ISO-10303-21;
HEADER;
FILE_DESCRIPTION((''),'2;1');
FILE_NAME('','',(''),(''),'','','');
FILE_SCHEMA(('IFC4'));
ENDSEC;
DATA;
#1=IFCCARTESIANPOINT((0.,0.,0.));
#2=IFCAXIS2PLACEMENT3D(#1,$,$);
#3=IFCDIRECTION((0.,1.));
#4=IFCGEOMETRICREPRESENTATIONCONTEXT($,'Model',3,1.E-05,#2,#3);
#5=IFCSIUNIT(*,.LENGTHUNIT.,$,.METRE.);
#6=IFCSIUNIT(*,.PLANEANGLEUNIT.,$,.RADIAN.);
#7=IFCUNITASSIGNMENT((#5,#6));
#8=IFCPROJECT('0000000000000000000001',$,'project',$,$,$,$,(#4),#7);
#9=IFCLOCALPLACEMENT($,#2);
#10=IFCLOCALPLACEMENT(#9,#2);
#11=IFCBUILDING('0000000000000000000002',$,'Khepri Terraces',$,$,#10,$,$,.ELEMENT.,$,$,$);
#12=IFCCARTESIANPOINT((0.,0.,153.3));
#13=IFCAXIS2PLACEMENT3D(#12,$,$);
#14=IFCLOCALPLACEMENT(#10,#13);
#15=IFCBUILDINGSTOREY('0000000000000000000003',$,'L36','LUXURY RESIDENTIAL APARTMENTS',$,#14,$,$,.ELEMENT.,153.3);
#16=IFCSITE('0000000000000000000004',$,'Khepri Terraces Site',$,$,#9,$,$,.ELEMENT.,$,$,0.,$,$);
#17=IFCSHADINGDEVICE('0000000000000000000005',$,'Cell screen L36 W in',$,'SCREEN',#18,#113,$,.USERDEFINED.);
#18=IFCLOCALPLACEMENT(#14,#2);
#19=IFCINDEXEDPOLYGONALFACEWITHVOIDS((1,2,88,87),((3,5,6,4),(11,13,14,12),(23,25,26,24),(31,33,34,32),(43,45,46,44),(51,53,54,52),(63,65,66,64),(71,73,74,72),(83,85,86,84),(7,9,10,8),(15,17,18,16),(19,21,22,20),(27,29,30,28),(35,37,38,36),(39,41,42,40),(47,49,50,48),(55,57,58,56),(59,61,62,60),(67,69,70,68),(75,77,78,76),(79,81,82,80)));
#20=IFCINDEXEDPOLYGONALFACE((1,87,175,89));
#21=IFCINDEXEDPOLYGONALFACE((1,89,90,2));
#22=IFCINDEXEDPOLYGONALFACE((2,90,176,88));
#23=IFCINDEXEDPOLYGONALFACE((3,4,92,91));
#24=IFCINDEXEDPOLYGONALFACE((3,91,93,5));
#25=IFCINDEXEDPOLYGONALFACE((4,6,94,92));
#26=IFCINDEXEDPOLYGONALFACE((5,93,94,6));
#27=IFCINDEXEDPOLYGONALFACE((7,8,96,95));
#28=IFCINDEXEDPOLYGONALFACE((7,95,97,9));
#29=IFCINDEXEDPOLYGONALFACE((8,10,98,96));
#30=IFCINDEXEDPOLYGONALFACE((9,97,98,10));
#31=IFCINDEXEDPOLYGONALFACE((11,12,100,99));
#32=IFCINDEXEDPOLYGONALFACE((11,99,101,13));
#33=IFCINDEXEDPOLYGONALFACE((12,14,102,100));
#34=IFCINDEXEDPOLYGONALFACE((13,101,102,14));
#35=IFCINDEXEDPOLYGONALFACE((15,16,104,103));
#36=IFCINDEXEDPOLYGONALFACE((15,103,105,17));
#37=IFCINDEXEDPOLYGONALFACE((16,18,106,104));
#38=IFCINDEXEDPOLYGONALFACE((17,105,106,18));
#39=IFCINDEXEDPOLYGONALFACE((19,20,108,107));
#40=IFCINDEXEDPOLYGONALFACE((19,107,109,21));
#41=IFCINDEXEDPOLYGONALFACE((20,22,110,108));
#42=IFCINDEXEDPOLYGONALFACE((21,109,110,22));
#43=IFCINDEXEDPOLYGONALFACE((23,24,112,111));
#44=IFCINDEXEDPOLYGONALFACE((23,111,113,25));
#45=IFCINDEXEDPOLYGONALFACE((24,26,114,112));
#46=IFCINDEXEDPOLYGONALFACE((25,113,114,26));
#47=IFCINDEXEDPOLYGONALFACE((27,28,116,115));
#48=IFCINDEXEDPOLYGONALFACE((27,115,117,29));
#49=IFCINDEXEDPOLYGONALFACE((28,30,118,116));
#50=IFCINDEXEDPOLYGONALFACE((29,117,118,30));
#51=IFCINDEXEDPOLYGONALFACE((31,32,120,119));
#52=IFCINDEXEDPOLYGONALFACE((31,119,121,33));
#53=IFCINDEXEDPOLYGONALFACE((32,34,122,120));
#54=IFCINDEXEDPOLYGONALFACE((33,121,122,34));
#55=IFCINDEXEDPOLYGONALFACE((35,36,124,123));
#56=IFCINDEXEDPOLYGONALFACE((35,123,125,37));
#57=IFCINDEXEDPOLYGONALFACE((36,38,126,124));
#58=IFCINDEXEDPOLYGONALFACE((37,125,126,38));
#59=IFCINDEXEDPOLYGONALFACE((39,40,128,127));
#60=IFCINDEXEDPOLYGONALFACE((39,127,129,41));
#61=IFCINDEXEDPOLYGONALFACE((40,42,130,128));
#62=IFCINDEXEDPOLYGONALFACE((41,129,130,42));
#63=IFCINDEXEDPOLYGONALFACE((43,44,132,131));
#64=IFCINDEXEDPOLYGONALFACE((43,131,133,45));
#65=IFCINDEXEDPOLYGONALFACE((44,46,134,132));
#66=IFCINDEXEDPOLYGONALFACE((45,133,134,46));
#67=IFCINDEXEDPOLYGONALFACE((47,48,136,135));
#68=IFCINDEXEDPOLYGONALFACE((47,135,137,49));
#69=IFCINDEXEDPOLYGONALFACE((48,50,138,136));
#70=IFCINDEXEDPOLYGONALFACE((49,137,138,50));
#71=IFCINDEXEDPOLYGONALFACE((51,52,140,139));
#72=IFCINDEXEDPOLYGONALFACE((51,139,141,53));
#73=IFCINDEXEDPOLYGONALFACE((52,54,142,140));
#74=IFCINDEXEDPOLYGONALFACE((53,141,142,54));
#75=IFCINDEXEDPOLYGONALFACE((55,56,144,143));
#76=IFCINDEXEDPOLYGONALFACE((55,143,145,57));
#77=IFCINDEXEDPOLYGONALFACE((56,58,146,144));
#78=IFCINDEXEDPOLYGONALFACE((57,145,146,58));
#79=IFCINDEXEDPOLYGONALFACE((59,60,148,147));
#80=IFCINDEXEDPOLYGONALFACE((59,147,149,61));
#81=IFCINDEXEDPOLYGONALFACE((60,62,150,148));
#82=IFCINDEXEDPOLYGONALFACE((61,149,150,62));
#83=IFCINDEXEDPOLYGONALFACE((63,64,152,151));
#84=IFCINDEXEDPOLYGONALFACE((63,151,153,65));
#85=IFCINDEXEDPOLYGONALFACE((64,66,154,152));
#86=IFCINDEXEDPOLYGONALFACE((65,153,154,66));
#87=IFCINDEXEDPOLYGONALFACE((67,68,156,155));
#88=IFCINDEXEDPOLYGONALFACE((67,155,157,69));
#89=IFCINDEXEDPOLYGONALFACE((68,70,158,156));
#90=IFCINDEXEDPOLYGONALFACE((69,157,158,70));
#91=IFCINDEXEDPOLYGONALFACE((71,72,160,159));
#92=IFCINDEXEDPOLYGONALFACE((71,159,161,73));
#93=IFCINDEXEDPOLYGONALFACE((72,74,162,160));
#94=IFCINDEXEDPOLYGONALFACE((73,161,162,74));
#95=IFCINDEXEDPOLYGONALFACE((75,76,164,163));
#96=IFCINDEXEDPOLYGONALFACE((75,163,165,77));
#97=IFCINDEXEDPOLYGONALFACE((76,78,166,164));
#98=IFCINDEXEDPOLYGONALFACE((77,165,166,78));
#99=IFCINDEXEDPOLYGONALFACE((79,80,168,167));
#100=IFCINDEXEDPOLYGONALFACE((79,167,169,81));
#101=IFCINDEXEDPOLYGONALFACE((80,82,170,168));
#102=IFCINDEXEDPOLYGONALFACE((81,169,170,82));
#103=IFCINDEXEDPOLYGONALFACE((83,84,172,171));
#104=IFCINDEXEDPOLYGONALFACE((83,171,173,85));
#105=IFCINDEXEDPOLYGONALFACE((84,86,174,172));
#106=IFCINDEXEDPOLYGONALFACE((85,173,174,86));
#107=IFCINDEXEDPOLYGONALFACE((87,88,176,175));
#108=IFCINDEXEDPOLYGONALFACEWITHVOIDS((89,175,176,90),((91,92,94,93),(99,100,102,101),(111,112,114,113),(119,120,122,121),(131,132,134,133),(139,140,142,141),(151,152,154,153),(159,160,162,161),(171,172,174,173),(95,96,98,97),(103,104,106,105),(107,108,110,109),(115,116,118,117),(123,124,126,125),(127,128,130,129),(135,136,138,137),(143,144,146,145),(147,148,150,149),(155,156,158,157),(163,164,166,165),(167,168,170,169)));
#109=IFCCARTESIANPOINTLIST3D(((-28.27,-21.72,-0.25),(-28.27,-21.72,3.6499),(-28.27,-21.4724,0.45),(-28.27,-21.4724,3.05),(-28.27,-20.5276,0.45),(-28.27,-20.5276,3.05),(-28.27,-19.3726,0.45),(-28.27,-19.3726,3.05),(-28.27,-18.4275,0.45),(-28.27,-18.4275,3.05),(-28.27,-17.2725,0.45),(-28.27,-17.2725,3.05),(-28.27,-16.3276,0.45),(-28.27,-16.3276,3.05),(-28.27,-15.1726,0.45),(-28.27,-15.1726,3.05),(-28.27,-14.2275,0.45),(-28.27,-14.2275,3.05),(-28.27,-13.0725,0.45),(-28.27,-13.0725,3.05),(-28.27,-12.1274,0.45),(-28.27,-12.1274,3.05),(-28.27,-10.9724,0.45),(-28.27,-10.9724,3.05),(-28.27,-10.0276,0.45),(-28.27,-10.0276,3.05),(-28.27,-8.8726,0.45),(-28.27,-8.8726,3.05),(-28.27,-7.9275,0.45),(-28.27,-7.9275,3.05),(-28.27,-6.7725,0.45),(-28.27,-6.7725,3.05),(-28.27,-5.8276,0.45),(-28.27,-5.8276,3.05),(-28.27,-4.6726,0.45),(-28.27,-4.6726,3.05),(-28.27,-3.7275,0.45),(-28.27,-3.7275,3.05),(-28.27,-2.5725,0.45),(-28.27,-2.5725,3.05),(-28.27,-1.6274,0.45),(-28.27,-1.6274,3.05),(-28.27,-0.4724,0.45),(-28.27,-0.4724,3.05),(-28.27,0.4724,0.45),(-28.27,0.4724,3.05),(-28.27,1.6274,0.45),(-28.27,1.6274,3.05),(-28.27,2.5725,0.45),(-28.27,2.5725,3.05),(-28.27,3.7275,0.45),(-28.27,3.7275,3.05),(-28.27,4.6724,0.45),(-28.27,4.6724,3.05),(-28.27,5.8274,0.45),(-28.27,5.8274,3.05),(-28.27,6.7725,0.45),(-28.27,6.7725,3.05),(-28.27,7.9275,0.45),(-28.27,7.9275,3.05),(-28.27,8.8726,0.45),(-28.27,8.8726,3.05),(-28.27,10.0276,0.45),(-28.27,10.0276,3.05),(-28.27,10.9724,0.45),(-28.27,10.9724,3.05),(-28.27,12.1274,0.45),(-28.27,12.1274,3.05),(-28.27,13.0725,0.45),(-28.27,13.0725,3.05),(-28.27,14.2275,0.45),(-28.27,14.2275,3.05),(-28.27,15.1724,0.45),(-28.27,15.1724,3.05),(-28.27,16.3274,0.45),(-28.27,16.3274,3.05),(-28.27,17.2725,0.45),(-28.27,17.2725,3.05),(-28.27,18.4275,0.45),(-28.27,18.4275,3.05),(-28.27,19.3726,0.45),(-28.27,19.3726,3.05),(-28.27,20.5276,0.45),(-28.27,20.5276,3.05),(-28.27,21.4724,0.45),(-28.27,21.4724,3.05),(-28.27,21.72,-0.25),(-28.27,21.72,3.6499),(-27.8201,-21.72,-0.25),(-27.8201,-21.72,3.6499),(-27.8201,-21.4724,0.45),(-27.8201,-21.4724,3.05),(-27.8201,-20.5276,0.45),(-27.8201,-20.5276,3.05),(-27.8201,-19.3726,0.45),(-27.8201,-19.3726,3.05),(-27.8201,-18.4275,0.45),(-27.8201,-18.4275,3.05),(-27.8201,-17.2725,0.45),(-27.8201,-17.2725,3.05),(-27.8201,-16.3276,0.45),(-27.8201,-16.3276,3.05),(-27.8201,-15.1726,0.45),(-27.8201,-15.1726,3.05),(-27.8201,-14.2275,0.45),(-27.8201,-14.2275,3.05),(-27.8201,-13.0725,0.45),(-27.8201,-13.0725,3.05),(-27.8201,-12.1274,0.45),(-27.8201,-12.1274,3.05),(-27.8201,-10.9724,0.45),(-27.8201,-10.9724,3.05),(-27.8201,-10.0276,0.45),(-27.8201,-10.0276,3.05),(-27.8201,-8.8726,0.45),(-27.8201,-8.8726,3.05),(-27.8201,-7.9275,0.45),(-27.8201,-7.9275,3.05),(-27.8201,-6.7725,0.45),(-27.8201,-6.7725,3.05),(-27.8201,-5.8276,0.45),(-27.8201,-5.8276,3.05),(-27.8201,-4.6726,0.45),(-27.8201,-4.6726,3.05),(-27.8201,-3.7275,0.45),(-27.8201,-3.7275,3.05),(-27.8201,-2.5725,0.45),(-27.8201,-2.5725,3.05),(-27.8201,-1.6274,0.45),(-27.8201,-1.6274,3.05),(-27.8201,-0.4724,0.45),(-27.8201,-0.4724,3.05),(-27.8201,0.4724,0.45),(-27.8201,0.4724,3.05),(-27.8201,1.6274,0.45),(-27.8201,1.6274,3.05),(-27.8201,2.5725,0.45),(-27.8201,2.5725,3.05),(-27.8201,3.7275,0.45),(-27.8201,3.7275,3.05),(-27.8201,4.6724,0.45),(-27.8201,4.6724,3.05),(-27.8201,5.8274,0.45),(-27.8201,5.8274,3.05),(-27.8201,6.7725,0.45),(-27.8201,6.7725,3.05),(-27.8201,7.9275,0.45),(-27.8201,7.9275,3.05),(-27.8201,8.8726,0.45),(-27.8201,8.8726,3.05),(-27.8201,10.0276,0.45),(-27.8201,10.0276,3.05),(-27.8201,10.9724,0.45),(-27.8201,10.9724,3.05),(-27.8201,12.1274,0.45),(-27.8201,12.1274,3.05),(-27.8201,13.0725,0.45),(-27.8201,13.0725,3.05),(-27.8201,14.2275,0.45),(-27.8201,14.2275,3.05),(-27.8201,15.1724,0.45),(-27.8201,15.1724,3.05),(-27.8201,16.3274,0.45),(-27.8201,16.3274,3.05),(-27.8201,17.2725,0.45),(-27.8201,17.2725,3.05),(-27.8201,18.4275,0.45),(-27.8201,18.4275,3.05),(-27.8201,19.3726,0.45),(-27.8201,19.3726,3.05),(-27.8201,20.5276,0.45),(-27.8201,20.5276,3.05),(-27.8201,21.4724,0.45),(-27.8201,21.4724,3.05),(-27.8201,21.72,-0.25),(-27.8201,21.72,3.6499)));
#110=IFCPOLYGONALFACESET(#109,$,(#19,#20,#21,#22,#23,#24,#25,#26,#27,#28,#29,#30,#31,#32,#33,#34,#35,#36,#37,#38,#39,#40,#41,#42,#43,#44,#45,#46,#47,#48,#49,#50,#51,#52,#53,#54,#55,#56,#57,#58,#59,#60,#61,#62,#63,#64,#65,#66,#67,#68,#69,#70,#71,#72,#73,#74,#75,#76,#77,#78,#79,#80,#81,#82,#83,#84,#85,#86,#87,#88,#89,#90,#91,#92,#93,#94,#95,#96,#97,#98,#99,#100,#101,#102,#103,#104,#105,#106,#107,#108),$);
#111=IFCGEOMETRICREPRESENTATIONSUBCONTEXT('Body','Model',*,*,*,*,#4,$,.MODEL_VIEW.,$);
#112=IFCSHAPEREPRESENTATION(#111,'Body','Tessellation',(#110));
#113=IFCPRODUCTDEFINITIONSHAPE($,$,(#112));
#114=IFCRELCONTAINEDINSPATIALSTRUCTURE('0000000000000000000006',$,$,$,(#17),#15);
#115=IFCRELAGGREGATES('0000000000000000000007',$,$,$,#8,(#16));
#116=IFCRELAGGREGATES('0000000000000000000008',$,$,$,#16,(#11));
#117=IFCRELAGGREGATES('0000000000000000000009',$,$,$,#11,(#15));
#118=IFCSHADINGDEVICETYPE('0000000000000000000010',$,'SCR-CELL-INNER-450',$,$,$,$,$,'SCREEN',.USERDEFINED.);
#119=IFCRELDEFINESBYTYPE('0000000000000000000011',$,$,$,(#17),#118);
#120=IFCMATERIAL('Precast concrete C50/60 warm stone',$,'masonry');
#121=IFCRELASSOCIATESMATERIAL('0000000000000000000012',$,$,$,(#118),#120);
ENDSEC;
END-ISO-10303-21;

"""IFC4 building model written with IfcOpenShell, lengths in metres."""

from ifc_helpers import new_model, si_unit, direction, frame, origin, place, context, subcontext, project, spatial, polyline, outline, extrude, material, type_object, element, save


model = new_model("IFC4")

# Units and contexts
model_context = context("Model", 3, precision=1e-05, world=origin(), true_north=direction((0.0, 1.0)))
body_context = subcontext(model_context, "Body", "Model", "MODEL_VIEW")
ifc_project = project(units=[si_unit("LENGTHUNIT", "METRE"), si_unit("PLANEANGLEUNIT", "RADIAN")], contexts=[model_context])

# Site, building, storey
site_placement = place(None, origin())
site = spatial("IfcSite", under=ifc_project, at=site_placement, Name="Khepri Terraces Site", CompositionType="ELEMENT", RefElevation=0.0)
building_placement = place(site_placement, origin())
building = spatial("IfcBuilding", under=site, at=building_placement, Name="Khepri Terraces", CompositionType="ELEMENT")
storey_placement = place(building_placement, frame((0.0, 0.0, 153.3)))
storey = spatial("IfcBuildingStorey", under=building, at=storey_placement, Name="L36", Description="LUXURY RESIDENTIAL APARTMENTS", CompositionType="ELEMENT", Elevation=153.3)

# Shared definitions
ifc_material_1 = material(Name="Precast concrete C50/60 warm stone", Category="masonry")

# Shading device
shading_device_type_1 = type_object("IfcShadingDeviceType", Name="SCR-CELL-INNER-450", ElementType="SCREEN", PredefinedType="USERDEFINED", material=ifc_material_1)
shading_device_1_placement = place(storey_placement, frame((-27.8201, 21.72, -0.25), z_axis=(-1.0, 0.0, 0.0), x_axis=(0.0, -1.0, 0.0)))
element("IfcShadingDevice", 1, at=shading_device_1_placement, inside=storey, type_object=shading_device_type_1, Name="Cell screen L36 W in", ObjectType="SCREEN", PredefinedType="USERDEFINED", context=body_context, shape_type="SweptSolid", body=[
    extrude(outline(polyline([(0.0, 0.0), (43.4399, 0.0), (43.4399, 3.8999), (0.0, 3.8999), (0.0, 0.0)]), holes=[polyline([(0.2476, 0.7), (1.1924, 0.7), (1.1924, 3.3), (0.2476, 3.3), (0.2476, 0.7)]), polyline([(2.3474, 0.7), (3.2925, 0.7), (3.2925, 3.3), (2.3474, 3.3), (2.3474, 0.7)]), polyline([(4.4475, 0.7), (5.3926, 0.7), (5.3926, 3.3), (4.4475, 3.3), (4.4475, 0.7)]), polyline([(6.5476, 0.7), (7.4924, 0.7), (7.4924, 3.3), (6.5476, 3.3), (6.5476, 0.7)]), polyline([(8.6475, 0.7), (9.5925, 0.7), (9.5925, 3.3), (8.6475, 3.3), (8.6475, 0.7)]), polyline([(10.7476, 0.7), (11.6924, 0.7), (11.6924, 3.3), (10.7476, 3.3), (10.7476, 0.7)]), polyline([(12.8474, 0.7), (13.7925, 0.7), (13.7925, 3.3), (12.8474, 3.3), (12.8474, 0.7)]), polyline([(14.9475, 0.7), (15.8926, 0.7), (15.8926, 3.3), (14.9475, 3.3), (14.9475, 0.7)]), polyline([(17.0476, 0.7), (17.9924, 0.7), (17.9924, 3.3), (17.0476, 3.3), (17.0476, 0.7)]), polyline([(19.1475, 0.7), (20.0925, 0.7), (20.0925, 3.3), (19.1475, 3.3), (19.1475, 0.7)]), polyline([(21.2476, 0.7), (22.1924, 0.7), (22.1924, 3.3), (21.2476, 3.3), (21.2476, 0.7)]), polyline([(23.3474, 0.7), (24.2925, 0.7), (24.2925, 3.3), (23.3474, 3.3), (23.3474, 0.7)]), polyline([(25.4475, 0.7), (26.3926, 0.7), (26.3926, 3.3), (25.4475, 3.3), (25.4475, 0.7)]), polyline([(27.5476, 0.7), (28.4924, 0.7), (28.4924, 3.3), (27.5476, 3.3), (27.5476, 0.7)]), polyline([(29.6475, 0.7), (30.5925, 0.7), (30.5925, 3.3), (29.6475, 3.3), (29.6475, 0.7)]), polyline([(31.7476, 0.7), (32.6924, 0.7), (32.6924, 3.3), (31.7476, 3.3), (31.7476, 0.7)]), polyline([(33.8474, 0.7), (34.7925, 0.7), (34.7925, 3.3), (33.8474, 3.3), (33.8474, 0.7)]), polyline([(35.9475, 0.7), (36.8926, 0.7), (36.8926, 3.3), (35.9475, 3.3), (35.9475, 0.7)]), polyline([(38.0476, 0.7), (38.9924, 0.7), (38.9924, 3.3), (38.0476, 3.3), (38.0476, 0.7)]), polyline([(40.1475, 0.7), (41.0925, 0.7), (41.0925, 3.3), (40.1475, 3.3), (40.1475, 0.7)]), polyline([(42.2476, 0.7), (43.1924, 0.7), (43.1924, 3.3), (42.2476, 3.3), (42.2476, 0.7)])]), origin(), (0.0, 0.0, 1.0), 0.45),
])

save(model, "model.ifc")
